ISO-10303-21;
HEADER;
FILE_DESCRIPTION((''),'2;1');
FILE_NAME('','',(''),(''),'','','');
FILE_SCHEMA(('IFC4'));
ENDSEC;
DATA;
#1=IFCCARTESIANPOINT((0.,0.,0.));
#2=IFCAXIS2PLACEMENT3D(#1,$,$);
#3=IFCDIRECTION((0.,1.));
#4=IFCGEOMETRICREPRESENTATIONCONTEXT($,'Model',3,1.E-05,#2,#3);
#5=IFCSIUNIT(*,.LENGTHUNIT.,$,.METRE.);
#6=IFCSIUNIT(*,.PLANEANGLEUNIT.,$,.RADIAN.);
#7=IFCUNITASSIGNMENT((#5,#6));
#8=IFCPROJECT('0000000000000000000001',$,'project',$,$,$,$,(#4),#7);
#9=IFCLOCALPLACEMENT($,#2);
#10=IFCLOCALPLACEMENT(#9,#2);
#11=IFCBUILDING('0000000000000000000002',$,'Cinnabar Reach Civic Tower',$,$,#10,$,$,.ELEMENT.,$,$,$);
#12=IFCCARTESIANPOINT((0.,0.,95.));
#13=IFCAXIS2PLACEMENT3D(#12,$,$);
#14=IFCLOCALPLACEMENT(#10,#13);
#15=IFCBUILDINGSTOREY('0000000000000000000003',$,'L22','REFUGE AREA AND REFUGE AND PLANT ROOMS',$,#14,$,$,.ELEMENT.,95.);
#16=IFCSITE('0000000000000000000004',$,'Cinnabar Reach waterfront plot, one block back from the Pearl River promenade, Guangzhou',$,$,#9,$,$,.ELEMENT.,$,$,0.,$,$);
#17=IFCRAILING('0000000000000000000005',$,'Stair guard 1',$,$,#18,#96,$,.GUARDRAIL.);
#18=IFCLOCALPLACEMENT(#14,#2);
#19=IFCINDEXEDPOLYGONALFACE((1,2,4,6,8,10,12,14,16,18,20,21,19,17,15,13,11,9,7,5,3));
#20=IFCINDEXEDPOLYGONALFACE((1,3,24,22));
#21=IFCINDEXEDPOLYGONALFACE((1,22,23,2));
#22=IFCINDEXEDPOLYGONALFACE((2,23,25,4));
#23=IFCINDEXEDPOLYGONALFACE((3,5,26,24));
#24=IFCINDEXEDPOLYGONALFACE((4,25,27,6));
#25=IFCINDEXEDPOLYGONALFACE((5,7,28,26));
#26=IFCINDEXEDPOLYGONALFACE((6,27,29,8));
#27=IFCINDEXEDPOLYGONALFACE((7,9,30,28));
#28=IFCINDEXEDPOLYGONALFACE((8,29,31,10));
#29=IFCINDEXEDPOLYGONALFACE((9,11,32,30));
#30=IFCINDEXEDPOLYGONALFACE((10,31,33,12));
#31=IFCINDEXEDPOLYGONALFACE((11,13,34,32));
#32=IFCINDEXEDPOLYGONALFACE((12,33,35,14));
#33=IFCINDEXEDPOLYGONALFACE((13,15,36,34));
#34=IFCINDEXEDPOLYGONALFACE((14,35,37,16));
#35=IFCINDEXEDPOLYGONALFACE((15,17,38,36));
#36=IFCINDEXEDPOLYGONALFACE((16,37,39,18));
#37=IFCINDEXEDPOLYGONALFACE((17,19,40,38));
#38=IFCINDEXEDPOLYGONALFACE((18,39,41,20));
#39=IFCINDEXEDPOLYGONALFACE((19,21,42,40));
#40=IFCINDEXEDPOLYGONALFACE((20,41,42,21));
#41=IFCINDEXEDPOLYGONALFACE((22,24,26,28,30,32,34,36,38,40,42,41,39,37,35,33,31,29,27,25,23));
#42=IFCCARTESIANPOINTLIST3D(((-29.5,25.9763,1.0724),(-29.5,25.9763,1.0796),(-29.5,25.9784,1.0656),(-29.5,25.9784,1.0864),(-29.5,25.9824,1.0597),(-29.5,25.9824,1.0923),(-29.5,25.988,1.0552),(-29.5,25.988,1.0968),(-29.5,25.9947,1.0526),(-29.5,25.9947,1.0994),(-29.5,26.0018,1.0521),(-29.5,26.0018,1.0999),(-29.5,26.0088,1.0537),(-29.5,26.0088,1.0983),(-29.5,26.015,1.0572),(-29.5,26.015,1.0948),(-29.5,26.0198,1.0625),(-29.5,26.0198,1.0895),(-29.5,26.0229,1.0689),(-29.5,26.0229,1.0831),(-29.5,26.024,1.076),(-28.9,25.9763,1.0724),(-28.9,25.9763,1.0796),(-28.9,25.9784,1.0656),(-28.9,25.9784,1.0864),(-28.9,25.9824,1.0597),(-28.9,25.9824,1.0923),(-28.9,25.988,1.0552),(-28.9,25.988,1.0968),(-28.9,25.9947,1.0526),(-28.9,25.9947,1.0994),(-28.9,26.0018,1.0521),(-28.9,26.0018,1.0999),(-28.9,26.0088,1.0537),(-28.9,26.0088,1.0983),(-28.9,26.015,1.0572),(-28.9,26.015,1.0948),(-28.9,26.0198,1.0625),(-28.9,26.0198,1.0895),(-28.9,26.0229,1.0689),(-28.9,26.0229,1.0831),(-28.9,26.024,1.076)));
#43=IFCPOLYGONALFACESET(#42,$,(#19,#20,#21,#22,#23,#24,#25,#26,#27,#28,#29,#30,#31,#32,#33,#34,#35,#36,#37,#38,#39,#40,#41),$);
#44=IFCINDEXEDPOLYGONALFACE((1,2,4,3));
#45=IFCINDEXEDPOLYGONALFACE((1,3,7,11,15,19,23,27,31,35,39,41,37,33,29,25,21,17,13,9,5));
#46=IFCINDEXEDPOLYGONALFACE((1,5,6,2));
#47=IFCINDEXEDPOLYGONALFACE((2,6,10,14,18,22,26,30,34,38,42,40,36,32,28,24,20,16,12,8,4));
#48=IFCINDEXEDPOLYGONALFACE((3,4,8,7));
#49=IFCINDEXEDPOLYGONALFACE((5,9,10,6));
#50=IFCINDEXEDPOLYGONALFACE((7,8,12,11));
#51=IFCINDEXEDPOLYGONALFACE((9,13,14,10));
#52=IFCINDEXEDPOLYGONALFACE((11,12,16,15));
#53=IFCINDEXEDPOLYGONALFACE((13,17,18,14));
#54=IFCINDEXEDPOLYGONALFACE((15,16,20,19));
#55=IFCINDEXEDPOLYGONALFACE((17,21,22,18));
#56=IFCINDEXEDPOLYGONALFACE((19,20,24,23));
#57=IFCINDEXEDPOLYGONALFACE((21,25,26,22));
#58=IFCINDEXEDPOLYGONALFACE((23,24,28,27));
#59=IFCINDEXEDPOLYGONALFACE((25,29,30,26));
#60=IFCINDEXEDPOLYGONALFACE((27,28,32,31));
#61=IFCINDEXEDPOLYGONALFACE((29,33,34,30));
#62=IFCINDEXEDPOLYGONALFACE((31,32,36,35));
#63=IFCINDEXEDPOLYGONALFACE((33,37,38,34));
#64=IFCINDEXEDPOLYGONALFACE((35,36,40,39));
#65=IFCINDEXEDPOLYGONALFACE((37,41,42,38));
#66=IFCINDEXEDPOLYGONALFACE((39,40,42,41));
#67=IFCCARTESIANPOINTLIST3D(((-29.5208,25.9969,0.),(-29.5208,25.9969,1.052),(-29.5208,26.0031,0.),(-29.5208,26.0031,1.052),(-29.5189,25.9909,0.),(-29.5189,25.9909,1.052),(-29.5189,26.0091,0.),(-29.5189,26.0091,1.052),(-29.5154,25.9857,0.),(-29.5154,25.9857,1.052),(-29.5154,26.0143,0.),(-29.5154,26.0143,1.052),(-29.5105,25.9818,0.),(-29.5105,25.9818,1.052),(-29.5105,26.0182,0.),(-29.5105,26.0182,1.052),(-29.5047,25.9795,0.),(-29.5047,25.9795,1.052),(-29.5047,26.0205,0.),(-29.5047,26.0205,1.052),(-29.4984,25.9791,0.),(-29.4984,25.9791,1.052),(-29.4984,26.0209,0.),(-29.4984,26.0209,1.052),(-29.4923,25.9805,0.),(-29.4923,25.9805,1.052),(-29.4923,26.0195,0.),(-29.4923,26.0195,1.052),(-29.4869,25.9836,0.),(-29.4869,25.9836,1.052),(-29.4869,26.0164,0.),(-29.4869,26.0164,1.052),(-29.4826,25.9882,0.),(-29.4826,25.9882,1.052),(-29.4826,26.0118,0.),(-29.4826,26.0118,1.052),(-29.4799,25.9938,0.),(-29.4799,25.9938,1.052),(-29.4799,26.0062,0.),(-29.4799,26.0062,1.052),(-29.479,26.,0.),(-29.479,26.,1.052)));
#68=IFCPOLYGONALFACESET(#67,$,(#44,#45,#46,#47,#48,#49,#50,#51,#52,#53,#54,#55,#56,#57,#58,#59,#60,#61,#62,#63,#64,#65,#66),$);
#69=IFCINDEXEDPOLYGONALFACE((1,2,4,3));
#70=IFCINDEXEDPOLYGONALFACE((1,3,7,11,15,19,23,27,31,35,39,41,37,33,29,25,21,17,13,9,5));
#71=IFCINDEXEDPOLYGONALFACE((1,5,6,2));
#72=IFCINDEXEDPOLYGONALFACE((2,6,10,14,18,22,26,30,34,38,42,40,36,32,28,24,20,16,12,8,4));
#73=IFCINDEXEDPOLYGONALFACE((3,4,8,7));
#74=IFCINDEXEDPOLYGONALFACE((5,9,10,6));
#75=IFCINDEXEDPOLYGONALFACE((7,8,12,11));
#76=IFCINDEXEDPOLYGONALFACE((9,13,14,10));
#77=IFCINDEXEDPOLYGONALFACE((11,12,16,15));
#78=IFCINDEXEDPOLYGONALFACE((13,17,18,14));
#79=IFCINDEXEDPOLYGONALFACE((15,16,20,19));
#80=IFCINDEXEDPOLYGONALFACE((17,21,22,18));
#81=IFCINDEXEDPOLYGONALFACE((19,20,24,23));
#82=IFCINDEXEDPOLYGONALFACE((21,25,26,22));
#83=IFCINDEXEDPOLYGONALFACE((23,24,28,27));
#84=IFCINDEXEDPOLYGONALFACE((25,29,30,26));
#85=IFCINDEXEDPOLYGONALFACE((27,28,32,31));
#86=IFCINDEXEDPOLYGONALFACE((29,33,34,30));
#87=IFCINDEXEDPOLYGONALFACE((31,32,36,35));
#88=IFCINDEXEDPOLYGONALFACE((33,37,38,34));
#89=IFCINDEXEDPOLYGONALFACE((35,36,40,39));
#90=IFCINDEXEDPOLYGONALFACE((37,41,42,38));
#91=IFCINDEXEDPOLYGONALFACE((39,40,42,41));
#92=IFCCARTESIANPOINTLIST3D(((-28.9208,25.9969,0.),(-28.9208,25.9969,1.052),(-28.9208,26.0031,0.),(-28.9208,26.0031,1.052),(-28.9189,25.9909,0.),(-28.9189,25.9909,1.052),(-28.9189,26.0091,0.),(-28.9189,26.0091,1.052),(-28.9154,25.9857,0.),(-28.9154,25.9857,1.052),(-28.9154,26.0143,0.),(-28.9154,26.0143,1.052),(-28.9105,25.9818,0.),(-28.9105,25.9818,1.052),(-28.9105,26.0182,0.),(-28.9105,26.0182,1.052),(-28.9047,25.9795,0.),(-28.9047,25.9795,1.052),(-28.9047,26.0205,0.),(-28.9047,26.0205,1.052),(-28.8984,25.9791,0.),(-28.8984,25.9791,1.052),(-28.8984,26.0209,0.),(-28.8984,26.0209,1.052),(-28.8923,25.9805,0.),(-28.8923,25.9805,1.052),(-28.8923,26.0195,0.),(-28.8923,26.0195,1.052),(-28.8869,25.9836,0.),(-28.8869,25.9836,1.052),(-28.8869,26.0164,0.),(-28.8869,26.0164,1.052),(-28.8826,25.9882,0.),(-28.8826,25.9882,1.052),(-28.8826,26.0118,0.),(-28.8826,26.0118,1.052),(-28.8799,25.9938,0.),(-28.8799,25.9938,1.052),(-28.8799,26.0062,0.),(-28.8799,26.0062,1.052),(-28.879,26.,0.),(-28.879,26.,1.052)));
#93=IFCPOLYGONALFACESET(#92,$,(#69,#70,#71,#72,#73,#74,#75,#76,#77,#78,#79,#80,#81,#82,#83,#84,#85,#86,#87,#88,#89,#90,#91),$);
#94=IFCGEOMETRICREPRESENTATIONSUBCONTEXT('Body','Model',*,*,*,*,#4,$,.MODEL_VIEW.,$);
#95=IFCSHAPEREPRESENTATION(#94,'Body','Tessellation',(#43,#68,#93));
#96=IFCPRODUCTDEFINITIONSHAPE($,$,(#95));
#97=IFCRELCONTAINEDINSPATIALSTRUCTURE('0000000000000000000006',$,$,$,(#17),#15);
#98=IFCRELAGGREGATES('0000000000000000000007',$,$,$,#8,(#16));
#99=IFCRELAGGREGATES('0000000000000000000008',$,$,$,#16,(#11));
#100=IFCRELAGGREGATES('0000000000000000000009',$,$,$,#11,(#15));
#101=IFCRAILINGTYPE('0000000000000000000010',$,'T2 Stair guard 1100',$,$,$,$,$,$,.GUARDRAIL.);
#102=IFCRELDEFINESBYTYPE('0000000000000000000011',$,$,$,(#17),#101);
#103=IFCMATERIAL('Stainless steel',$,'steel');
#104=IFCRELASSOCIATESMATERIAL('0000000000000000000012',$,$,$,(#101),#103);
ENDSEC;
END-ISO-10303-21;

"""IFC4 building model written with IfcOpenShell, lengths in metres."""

from ifc_helpers import new_model, si_unit, direction, frame, origin, origin_2d, place, context, subcontext, project, spatial, circle, extrude, material, type_object, element, save


model = new_model("IFC4")

# Units and contexts
model_context = context("Model", 3, precision=1e-05, world=origin(), true_north=direction((0.0, 1.0)))
body_context = subcontext(model_context, "Body", "Model", "MODEL_VIEW")
ifc_project = project(units=[si_unit("LENGTHUNIT", "METRE"), si_unit("PLANEANGLEUNIT", "RADIAN")], contexts=[model_context])

# Site, building, storey
site_placement = place(None, origin())
site = spatial("IfcSite", under=ifc_project, at=site_placement, Name="Cinnabar Reach waterfront plot, one block back from the Pearl River promenade, Guangzhou", CompositionType="ELEMENT", RefElevation=0.0)
building_placement = place(site_placement, origin())
building = spatial("IfcBuilding", under=site, at=building_placement, Name="Cinnabar Reach Civic Tower", CompositionType="ELEMENT")
storey_placement = place(building_placement, frame((0.0, 0.0, 95.0)))
storey = spatial("IfcBuildingStorey", under=building, at=storey_placement, Name="L22", Description="REFUGE AREA AND REFUGE AND PLANT ROOMS", CompositionType="ELEMENT", Elevation=95.0)

# Railing
ifc_material_1 = material(Name="Stainless steel", Category="steel")
railing_type = type_object("IfcRailingType", Name="T2 Stair guard 1100", PredefinedType="GUARDRAIL", material=ifc_material_1)
railing_1_placement = place(storey_placement, frame((-29.5, 26.0, 0.0)))
element("IfcRailing", 1, at=railing_1_placement, inside=storey, type_object=railing_type, Name="Stair guard 1", PredefinedType="GUARDRAIL", context=body_context, shape_type="SweptSolid", body=[
    extrude(circle(Radius=0.024, at=origin_2d()), frame((0.0, 0.0, 1.076), z_axis=(1.0, 0.0, 0.0), x_axis=(0.0, 1.0, 0.0)), (0.0, 0.0, 1.0), 0.6),
    extrude(circle(Radius=0.021, at=origin_2d()), origin(), (0.0, 0.0, 1.0), 1.052),
    extrude(circle(Radius=0.021, at=origin_2d()), frame((0.6, 0.0, 0.0)), (0.0, 0.0, 1.0), 1.052),
])

save(model, "model.ifc")
